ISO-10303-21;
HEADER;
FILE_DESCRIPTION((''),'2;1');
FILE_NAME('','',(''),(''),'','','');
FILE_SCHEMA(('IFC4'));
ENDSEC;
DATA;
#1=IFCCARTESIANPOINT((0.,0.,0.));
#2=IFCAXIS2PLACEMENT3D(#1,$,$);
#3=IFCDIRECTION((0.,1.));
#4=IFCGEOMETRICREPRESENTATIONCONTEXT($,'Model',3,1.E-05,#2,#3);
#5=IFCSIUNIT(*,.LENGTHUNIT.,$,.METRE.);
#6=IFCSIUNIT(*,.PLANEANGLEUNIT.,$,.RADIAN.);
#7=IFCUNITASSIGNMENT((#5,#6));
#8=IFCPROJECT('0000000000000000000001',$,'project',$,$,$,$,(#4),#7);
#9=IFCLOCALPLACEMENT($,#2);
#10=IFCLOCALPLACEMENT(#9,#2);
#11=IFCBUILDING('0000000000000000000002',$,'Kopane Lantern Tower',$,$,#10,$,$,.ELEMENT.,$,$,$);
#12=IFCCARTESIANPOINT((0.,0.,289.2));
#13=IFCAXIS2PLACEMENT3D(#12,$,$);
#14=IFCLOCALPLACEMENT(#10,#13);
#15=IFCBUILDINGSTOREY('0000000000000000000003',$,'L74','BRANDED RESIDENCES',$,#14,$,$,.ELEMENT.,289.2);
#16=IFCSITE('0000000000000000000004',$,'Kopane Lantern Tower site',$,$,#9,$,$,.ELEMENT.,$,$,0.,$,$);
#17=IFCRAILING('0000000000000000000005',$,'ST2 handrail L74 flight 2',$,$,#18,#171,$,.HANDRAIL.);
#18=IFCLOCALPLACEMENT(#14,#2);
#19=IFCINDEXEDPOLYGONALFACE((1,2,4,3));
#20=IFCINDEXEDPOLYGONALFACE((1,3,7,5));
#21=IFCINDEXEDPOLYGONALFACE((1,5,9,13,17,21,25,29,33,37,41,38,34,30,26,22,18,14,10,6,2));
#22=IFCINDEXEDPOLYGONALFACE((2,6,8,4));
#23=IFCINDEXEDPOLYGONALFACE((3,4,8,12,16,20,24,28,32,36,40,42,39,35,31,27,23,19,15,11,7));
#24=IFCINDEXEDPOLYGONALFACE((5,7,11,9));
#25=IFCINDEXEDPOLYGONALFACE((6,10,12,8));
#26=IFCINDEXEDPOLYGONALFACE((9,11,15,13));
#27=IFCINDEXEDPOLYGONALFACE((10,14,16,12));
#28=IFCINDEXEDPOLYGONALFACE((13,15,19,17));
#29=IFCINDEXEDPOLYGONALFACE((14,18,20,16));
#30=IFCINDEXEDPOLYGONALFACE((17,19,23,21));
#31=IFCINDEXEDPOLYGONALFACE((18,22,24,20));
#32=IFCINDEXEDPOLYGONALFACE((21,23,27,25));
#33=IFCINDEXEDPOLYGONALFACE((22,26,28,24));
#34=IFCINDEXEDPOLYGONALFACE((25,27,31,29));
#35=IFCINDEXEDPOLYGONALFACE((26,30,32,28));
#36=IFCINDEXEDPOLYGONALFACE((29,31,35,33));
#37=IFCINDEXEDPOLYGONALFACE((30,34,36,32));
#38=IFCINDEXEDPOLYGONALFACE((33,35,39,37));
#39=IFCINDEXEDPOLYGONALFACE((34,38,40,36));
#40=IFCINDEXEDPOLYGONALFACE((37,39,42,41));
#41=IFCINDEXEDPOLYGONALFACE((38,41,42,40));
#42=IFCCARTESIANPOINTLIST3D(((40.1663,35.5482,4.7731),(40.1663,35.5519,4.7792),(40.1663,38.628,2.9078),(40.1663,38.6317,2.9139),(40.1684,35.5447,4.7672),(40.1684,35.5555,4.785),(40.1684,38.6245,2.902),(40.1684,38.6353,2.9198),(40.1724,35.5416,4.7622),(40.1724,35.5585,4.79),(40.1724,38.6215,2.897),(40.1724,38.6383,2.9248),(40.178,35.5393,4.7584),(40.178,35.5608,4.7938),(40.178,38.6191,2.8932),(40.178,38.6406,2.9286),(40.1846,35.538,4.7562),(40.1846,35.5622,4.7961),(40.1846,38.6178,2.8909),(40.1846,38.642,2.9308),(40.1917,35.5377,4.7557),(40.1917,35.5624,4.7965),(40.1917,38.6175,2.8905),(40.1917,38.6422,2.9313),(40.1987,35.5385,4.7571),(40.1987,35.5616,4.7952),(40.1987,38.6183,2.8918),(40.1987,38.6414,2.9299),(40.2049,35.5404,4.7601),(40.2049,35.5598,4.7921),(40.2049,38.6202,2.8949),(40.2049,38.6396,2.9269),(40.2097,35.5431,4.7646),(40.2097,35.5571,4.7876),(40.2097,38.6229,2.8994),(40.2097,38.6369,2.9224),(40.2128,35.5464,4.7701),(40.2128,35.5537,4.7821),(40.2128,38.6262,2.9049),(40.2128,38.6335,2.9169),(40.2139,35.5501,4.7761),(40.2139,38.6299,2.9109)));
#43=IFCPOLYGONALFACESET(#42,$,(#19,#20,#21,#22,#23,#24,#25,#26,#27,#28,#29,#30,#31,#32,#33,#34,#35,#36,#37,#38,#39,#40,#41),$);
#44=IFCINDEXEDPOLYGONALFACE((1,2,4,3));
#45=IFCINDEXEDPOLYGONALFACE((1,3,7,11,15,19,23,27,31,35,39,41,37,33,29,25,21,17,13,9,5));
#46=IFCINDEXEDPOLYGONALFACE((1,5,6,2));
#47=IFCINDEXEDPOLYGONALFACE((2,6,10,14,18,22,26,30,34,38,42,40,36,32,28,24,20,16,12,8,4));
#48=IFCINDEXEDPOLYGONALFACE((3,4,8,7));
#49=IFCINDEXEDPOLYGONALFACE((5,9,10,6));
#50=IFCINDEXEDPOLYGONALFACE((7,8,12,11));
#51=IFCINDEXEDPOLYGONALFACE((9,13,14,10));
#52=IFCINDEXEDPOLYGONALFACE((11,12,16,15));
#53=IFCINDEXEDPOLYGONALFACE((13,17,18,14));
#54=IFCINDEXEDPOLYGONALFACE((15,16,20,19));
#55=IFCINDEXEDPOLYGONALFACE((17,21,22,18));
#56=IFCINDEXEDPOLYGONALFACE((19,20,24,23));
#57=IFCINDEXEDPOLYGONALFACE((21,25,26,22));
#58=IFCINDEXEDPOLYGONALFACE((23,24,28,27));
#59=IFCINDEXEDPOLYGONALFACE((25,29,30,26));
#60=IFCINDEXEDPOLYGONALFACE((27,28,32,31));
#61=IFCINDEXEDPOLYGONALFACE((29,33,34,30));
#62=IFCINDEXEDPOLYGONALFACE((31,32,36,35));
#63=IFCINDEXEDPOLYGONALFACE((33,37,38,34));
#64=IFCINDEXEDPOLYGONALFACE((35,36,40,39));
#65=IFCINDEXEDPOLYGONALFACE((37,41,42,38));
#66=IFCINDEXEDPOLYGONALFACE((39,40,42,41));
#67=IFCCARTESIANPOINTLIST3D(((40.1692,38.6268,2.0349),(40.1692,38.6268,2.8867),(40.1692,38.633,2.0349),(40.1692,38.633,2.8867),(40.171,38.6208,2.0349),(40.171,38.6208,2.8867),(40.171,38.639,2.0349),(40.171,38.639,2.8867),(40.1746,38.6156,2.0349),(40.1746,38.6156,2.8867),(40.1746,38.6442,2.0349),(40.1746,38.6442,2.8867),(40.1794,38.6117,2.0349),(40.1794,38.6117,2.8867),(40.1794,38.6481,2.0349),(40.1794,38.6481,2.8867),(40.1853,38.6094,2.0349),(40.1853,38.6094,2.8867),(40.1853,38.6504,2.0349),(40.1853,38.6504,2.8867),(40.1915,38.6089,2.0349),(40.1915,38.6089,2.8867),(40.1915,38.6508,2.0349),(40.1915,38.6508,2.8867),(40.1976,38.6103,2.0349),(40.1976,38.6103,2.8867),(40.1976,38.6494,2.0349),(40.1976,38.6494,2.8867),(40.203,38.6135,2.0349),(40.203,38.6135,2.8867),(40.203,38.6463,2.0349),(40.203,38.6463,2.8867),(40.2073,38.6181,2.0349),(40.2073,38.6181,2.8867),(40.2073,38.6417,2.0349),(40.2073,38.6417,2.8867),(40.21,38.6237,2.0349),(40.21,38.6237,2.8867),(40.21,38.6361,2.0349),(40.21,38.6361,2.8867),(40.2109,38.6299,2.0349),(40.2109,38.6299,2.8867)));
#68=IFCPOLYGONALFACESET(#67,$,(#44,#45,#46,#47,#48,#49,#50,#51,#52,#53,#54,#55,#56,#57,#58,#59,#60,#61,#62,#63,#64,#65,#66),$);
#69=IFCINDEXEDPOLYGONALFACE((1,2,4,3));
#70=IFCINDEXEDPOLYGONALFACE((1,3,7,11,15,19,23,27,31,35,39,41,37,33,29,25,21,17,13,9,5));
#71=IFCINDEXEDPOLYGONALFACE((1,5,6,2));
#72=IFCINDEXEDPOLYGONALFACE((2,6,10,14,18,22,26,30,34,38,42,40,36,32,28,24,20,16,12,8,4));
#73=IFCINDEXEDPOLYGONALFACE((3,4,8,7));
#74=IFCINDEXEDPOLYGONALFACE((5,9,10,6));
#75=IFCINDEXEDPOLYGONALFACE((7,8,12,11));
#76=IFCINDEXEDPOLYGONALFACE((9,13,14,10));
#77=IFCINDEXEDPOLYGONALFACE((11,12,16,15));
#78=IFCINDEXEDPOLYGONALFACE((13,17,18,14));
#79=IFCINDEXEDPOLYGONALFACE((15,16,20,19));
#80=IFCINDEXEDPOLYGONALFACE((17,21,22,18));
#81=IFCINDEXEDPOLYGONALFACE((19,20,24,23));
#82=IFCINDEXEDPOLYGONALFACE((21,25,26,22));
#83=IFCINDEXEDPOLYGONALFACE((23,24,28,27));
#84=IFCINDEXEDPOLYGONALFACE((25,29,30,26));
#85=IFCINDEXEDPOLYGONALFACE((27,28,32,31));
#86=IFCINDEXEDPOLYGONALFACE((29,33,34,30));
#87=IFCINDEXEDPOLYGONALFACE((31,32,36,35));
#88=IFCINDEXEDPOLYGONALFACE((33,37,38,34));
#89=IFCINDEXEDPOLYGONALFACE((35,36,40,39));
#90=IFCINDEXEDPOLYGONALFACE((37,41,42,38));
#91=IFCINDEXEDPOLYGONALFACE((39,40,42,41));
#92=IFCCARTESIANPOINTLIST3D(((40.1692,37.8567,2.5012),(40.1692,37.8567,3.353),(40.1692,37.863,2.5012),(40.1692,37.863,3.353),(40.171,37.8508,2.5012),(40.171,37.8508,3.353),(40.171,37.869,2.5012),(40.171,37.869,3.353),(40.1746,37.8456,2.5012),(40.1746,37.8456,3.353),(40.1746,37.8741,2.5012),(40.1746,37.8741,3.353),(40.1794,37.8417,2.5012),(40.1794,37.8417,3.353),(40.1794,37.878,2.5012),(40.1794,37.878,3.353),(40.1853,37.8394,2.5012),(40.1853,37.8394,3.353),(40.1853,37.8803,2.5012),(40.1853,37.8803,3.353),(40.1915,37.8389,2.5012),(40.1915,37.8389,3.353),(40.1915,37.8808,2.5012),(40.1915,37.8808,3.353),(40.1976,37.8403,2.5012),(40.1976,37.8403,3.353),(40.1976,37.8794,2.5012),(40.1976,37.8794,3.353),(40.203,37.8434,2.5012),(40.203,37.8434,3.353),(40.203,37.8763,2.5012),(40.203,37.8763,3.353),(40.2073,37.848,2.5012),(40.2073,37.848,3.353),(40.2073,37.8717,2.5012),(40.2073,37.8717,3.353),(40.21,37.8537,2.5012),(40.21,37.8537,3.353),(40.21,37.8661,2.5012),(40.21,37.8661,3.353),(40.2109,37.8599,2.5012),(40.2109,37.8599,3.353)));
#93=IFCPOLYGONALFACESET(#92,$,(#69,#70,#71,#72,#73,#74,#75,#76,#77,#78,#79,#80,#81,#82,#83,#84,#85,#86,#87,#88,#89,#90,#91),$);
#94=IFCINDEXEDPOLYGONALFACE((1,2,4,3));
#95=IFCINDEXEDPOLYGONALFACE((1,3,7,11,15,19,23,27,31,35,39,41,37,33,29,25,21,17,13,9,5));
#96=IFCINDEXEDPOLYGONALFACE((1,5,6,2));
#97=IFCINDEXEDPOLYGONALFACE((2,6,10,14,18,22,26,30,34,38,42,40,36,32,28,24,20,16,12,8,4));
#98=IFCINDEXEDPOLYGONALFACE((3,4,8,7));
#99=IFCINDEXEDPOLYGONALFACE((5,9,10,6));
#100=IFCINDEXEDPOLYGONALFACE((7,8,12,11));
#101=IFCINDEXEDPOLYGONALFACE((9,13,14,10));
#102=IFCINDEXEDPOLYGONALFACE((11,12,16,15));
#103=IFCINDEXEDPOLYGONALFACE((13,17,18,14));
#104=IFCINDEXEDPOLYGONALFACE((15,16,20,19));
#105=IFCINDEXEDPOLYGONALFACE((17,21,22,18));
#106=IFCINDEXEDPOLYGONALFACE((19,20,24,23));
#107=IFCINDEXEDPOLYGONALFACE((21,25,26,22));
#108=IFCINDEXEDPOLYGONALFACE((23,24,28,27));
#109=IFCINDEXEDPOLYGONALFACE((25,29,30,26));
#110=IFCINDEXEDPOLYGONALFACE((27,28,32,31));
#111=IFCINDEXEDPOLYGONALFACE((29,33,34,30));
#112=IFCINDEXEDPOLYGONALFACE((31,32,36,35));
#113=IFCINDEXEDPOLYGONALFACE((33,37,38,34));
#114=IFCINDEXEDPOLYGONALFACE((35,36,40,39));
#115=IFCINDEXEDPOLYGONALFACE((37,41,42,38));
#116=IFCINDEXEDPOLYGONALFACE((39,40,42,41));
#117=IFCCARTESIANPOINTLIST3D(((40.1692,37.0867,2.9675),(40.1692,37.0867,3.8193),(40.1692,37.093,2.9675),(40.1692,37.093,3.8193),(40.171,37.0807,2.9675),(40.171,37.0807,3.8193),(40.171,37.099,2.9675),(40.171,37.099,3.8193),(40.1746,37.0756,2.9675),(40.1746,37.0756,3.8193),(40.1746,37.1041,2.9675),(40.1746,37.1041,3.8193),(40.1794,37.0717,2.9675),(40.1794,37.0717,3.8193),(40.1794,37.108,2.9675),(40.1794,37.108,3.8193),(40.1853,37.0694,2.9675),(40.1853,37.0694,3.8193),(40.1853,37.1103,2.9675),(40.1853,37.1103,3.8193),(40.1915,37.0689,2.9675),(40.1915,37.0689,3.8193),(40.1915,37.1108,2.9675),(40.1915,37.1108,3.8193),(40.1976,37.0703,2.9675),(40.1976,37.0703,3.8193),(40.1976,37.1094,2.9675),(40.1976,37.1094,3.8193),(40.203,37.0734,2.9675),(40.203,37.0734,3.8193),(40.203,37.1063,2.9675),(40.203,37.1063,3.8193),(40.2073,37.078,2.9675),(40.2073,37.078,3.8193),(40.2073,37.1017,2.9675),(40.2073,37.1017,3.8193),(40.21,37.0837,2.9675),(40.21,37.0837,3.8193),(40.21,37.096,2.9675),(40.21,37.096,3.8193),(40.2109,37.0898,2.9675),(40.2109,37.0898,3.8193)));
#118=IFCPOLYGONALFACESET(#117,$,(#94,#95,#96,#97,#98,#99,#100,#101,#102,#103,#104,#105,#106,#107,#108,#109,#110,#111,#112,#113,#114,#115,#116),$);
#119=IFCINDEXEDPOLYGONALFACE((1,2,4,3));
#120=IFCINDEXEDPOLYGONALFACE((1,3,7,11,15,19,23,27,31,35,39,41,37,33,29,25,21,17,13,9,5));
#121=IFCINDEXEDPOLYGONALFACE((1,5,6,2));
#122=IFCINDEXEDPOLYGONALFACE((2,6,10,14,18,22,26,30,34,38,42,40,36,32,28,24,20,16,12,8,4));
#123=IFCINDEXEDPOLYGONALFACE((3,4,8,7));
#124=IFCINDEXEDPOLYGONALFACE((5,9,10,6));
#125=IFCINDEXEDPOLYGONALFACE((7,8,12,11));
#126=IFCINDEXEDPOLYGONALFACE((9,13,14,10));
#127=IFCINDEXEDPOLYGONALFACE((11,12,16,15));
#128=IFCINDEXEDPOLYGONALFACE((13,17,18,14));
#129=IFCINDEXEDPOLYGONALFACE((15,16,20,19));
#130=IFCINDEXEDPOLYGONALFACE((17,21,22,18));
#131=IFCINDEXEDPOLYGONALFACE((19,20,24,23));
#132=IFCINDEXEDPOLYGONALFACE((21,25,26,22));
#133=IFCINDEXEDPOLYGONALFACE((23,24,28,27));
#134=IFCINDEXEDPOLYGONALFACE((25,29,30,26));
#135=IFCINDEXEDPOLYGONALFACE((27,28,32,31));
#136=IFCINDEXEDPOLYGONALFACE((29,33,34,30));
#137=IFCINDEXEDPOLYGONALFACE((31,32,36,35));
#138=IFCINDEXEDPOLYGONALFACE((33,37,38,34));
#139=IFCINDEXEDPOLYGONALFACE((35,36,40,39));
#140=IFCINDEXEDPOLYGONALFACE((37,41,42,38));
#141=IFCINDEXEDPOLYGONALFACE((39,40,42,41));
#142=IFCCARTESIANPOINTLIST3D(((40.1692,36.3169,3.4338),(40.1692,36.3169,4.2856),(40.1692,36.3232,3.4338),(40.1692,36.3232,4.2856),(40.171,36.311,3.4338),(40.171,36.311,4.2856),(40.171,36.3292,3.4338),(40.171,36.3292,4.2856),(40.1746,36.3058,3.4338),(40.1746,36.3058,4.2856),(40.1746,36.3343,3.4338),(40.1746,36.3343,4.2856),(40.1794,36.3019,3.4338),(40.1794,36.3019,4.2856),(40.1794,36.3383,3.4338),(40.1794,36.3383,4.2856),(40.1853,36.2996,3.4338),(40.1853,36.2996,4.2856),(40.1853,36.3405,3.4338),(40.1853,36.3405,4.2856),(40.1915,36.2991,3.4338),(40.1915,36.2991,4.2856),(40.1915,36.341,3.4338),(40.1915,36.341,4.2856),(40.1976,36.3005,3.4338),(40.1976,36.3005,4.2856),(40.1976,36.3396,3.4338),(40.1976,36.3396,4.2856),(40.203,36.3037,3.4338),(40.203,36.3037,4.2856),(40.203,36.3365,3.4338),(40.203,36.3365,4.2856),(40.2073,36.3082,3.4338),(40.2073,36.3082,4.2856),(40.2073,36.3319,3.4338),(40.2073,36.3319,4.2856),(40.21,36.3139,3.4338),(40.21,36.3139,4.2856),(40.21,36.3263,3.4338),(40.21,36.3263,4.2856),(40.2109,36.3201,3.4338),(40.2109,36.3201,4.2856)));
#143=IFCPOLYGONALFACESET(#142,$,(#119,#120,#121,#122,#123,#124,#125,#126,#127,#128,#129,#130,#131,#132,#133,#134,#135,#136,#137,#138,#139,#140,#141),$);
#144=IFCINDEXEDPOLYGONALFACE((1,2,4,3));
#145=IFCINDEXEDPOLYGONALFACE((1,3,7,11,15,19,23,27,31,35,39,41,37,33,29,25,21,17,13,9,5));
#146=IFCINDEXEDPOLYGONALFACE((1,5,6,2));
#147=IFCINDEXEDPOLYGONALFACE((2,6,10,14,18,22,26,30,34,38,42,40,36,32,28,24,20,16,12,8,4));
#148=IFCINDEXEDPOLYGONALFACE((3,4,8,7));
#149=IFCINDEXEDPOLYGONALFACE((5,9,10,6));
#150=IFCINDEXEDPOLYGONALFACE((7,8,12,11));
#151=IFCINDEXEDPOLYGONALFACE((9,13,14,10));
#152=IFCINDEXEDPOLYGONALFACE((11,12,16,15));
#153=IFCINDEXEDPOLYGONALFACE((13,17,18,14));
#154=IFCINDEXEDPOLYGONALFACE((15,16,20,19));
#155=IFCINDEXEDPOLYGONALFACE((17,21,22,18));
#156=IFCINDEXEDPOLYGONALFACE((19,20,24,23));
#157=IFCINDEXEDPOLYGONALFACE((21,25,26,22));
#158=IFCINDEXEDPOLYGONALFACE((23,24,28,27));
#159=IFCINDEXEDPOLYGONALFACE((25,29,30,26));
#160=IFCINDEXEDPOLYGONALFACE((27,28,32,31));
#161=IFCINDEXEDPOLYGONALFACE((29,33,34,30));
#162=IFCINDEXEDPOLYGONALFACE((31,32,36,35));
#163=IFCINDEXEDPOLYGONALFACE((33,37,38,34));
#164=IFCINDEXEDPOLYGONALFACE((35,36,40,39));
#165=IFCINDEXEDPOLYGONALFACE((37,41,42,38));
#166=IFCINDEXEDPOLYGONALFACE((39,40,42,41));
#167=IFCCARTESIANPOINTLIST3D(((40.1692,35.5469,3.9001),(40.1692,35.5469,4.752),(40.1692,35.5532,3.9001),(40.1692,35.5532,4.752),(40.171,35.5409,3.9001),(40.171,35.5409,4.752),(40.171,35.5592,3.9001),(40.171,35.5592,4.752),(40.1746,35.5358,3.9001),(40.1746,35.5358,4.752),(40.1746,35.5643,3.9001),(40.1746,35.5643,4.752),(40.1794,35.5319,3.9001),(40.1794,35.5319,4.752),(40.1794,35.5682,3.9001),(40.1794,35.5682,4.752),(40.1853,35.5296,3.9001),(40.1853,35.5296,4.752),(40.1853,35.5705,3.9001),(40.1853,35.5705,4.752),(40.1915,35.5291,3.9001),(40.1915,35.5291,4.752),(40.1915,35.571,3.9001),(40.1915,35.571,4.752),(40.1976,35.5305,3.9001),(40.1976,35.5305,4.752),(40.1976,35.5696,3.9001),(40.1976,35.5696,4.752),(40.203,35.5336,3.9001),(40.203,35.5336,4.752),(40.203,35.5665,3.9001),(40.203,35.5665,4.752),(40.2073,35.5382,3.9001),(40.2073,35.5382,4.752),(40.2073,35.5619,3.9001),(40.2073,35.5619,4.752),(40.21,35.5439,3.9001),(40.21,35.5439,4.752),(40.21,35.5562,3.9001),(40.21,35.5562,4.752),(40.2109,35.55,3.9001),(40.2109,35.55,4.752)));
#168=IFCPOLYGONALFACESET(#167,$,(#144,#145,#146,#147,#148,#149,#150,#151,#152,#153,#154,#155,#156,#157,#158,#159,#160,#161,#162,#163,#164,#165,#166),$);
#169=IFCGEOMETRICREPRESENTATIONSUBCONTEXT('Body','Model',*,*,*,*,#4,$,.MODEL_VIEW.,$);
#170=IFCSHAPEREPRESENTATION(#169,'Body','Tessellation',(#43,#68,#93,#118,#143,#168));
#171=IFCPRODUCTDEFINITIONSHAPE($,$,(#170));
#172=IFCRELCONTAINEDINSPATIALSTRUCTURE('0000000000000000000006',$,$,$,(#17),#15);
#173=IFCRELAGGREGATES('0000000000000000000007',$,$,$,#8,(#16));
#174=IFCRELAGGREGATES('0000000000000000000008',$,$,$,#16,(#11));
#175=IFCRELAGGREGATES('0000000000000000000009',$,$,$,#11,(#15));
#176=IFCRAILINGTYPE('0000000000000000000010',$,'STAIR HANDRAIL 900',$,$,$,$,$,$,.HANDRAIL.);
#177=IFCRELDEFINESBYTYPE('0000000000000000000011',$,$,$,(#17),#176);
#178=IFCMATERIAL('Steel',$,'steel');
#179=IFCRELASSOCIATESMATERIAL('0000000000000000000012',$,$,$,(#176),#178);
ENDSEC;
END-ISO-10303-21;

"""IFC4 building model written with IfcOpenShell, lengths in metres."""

from ifc_helpers import new_model, si_unit, direction, frame, origin, origin_2d, place, context, subcontext, project, spatial, circle, extrude, material, type_object, element, save


model = new_model("IFC4")

# Units and contexts
model_context = context("Model", 3, precision=1e-05, world=origin(), true_north=direction((0.0, 1.0)))
body_context = subcontext(model_context, "Body", "Model", "MODEL_VIEW")
ifc_project = project(units=[si_unit("LENGTHUNIT", "METRE"), si_unit("PLANEANGLEUNIT", "RADIAN")], contexts=[model_context])

# Site, building, storey
site_placement = place(None, origin())
site = spatial("IfcSite", under=ifc_project, at=site_placement, Name="Kopane Lantern Tower site", CompositionType="ELEMENT", RefElevation=0.0)
building_placement = place(site_placement, origin())
building = spatial("IfcBuilding", under=site, at=building_placement, Name="Kopane Lantern Tower", CompositionType="ELEMENT")
storey_placement = place(building_placement, frame((0.0, 0.0, 289.2)))
storey = spatial("IfcBuildingStorey", under=building, at=storey_placement, Name="L74", Description="BRANDED RESIDENCES", CompositionType="ELEMENT", Elevation=289.2)

# Railing
ifc_material_1 = material(Name="Steel", Category="steel")
railing_type = type_object("IfcRailingType", Name="STAIR HANDRAIL 900", PredefinedType="HANDRAIL", material=ifc_material_1)
for number, where, name in (
    (1, (40.1899, 38.6299, 2.0349), "ST2 handrail L74 flight 2"),
):
    element("IfcRailing", number, at=place(storey_placement, frame(where)), inside=storey, type_object=railing_type, Name=name, PredefinedType="HANDRAIL", context=body_context, shape_type="SweptSolid", body=[
        extrude(circle(Radius=0.0239, at=origin_2d()), frame((0.0, 0.0, 0.876), z_axis=(0.0, -0.855362, 0.518031), x_axis=(1.0, 0.0, 0.0)), (0.0, 0.0, 1.0), 3.6006),
        extrude(circle(Radius=0.021, at=origin_2d()), origin(), (0.0, 0.0, 1.0), 0.8518),
        extrude(circle(Radius=0.021, at=origin_2d()), frame((0.0, -0.77, 0.4663)), (0.0, 0.0, 1.0), 0.8518),
        extrude(circle(Radius=0.021, at=origin_2d()), frame((0.0, -1.54, 0.9326)), (0.0, 0.0, 1.0), 0.8518),
        extrude(circle(Radius=0.021, at=origin_2d()), frame((0.0, -2.3098, 1.3989)), (0.0, 0.0, 1.0), 0.8518),
        extrude(circle(Radius=0.021, at=origin_2d()), frame((0.0, -3.0798, 1.8652)), (0.0, 0.0, 1.0), 0.8518),
    ])

save(model, "model.ifc")
